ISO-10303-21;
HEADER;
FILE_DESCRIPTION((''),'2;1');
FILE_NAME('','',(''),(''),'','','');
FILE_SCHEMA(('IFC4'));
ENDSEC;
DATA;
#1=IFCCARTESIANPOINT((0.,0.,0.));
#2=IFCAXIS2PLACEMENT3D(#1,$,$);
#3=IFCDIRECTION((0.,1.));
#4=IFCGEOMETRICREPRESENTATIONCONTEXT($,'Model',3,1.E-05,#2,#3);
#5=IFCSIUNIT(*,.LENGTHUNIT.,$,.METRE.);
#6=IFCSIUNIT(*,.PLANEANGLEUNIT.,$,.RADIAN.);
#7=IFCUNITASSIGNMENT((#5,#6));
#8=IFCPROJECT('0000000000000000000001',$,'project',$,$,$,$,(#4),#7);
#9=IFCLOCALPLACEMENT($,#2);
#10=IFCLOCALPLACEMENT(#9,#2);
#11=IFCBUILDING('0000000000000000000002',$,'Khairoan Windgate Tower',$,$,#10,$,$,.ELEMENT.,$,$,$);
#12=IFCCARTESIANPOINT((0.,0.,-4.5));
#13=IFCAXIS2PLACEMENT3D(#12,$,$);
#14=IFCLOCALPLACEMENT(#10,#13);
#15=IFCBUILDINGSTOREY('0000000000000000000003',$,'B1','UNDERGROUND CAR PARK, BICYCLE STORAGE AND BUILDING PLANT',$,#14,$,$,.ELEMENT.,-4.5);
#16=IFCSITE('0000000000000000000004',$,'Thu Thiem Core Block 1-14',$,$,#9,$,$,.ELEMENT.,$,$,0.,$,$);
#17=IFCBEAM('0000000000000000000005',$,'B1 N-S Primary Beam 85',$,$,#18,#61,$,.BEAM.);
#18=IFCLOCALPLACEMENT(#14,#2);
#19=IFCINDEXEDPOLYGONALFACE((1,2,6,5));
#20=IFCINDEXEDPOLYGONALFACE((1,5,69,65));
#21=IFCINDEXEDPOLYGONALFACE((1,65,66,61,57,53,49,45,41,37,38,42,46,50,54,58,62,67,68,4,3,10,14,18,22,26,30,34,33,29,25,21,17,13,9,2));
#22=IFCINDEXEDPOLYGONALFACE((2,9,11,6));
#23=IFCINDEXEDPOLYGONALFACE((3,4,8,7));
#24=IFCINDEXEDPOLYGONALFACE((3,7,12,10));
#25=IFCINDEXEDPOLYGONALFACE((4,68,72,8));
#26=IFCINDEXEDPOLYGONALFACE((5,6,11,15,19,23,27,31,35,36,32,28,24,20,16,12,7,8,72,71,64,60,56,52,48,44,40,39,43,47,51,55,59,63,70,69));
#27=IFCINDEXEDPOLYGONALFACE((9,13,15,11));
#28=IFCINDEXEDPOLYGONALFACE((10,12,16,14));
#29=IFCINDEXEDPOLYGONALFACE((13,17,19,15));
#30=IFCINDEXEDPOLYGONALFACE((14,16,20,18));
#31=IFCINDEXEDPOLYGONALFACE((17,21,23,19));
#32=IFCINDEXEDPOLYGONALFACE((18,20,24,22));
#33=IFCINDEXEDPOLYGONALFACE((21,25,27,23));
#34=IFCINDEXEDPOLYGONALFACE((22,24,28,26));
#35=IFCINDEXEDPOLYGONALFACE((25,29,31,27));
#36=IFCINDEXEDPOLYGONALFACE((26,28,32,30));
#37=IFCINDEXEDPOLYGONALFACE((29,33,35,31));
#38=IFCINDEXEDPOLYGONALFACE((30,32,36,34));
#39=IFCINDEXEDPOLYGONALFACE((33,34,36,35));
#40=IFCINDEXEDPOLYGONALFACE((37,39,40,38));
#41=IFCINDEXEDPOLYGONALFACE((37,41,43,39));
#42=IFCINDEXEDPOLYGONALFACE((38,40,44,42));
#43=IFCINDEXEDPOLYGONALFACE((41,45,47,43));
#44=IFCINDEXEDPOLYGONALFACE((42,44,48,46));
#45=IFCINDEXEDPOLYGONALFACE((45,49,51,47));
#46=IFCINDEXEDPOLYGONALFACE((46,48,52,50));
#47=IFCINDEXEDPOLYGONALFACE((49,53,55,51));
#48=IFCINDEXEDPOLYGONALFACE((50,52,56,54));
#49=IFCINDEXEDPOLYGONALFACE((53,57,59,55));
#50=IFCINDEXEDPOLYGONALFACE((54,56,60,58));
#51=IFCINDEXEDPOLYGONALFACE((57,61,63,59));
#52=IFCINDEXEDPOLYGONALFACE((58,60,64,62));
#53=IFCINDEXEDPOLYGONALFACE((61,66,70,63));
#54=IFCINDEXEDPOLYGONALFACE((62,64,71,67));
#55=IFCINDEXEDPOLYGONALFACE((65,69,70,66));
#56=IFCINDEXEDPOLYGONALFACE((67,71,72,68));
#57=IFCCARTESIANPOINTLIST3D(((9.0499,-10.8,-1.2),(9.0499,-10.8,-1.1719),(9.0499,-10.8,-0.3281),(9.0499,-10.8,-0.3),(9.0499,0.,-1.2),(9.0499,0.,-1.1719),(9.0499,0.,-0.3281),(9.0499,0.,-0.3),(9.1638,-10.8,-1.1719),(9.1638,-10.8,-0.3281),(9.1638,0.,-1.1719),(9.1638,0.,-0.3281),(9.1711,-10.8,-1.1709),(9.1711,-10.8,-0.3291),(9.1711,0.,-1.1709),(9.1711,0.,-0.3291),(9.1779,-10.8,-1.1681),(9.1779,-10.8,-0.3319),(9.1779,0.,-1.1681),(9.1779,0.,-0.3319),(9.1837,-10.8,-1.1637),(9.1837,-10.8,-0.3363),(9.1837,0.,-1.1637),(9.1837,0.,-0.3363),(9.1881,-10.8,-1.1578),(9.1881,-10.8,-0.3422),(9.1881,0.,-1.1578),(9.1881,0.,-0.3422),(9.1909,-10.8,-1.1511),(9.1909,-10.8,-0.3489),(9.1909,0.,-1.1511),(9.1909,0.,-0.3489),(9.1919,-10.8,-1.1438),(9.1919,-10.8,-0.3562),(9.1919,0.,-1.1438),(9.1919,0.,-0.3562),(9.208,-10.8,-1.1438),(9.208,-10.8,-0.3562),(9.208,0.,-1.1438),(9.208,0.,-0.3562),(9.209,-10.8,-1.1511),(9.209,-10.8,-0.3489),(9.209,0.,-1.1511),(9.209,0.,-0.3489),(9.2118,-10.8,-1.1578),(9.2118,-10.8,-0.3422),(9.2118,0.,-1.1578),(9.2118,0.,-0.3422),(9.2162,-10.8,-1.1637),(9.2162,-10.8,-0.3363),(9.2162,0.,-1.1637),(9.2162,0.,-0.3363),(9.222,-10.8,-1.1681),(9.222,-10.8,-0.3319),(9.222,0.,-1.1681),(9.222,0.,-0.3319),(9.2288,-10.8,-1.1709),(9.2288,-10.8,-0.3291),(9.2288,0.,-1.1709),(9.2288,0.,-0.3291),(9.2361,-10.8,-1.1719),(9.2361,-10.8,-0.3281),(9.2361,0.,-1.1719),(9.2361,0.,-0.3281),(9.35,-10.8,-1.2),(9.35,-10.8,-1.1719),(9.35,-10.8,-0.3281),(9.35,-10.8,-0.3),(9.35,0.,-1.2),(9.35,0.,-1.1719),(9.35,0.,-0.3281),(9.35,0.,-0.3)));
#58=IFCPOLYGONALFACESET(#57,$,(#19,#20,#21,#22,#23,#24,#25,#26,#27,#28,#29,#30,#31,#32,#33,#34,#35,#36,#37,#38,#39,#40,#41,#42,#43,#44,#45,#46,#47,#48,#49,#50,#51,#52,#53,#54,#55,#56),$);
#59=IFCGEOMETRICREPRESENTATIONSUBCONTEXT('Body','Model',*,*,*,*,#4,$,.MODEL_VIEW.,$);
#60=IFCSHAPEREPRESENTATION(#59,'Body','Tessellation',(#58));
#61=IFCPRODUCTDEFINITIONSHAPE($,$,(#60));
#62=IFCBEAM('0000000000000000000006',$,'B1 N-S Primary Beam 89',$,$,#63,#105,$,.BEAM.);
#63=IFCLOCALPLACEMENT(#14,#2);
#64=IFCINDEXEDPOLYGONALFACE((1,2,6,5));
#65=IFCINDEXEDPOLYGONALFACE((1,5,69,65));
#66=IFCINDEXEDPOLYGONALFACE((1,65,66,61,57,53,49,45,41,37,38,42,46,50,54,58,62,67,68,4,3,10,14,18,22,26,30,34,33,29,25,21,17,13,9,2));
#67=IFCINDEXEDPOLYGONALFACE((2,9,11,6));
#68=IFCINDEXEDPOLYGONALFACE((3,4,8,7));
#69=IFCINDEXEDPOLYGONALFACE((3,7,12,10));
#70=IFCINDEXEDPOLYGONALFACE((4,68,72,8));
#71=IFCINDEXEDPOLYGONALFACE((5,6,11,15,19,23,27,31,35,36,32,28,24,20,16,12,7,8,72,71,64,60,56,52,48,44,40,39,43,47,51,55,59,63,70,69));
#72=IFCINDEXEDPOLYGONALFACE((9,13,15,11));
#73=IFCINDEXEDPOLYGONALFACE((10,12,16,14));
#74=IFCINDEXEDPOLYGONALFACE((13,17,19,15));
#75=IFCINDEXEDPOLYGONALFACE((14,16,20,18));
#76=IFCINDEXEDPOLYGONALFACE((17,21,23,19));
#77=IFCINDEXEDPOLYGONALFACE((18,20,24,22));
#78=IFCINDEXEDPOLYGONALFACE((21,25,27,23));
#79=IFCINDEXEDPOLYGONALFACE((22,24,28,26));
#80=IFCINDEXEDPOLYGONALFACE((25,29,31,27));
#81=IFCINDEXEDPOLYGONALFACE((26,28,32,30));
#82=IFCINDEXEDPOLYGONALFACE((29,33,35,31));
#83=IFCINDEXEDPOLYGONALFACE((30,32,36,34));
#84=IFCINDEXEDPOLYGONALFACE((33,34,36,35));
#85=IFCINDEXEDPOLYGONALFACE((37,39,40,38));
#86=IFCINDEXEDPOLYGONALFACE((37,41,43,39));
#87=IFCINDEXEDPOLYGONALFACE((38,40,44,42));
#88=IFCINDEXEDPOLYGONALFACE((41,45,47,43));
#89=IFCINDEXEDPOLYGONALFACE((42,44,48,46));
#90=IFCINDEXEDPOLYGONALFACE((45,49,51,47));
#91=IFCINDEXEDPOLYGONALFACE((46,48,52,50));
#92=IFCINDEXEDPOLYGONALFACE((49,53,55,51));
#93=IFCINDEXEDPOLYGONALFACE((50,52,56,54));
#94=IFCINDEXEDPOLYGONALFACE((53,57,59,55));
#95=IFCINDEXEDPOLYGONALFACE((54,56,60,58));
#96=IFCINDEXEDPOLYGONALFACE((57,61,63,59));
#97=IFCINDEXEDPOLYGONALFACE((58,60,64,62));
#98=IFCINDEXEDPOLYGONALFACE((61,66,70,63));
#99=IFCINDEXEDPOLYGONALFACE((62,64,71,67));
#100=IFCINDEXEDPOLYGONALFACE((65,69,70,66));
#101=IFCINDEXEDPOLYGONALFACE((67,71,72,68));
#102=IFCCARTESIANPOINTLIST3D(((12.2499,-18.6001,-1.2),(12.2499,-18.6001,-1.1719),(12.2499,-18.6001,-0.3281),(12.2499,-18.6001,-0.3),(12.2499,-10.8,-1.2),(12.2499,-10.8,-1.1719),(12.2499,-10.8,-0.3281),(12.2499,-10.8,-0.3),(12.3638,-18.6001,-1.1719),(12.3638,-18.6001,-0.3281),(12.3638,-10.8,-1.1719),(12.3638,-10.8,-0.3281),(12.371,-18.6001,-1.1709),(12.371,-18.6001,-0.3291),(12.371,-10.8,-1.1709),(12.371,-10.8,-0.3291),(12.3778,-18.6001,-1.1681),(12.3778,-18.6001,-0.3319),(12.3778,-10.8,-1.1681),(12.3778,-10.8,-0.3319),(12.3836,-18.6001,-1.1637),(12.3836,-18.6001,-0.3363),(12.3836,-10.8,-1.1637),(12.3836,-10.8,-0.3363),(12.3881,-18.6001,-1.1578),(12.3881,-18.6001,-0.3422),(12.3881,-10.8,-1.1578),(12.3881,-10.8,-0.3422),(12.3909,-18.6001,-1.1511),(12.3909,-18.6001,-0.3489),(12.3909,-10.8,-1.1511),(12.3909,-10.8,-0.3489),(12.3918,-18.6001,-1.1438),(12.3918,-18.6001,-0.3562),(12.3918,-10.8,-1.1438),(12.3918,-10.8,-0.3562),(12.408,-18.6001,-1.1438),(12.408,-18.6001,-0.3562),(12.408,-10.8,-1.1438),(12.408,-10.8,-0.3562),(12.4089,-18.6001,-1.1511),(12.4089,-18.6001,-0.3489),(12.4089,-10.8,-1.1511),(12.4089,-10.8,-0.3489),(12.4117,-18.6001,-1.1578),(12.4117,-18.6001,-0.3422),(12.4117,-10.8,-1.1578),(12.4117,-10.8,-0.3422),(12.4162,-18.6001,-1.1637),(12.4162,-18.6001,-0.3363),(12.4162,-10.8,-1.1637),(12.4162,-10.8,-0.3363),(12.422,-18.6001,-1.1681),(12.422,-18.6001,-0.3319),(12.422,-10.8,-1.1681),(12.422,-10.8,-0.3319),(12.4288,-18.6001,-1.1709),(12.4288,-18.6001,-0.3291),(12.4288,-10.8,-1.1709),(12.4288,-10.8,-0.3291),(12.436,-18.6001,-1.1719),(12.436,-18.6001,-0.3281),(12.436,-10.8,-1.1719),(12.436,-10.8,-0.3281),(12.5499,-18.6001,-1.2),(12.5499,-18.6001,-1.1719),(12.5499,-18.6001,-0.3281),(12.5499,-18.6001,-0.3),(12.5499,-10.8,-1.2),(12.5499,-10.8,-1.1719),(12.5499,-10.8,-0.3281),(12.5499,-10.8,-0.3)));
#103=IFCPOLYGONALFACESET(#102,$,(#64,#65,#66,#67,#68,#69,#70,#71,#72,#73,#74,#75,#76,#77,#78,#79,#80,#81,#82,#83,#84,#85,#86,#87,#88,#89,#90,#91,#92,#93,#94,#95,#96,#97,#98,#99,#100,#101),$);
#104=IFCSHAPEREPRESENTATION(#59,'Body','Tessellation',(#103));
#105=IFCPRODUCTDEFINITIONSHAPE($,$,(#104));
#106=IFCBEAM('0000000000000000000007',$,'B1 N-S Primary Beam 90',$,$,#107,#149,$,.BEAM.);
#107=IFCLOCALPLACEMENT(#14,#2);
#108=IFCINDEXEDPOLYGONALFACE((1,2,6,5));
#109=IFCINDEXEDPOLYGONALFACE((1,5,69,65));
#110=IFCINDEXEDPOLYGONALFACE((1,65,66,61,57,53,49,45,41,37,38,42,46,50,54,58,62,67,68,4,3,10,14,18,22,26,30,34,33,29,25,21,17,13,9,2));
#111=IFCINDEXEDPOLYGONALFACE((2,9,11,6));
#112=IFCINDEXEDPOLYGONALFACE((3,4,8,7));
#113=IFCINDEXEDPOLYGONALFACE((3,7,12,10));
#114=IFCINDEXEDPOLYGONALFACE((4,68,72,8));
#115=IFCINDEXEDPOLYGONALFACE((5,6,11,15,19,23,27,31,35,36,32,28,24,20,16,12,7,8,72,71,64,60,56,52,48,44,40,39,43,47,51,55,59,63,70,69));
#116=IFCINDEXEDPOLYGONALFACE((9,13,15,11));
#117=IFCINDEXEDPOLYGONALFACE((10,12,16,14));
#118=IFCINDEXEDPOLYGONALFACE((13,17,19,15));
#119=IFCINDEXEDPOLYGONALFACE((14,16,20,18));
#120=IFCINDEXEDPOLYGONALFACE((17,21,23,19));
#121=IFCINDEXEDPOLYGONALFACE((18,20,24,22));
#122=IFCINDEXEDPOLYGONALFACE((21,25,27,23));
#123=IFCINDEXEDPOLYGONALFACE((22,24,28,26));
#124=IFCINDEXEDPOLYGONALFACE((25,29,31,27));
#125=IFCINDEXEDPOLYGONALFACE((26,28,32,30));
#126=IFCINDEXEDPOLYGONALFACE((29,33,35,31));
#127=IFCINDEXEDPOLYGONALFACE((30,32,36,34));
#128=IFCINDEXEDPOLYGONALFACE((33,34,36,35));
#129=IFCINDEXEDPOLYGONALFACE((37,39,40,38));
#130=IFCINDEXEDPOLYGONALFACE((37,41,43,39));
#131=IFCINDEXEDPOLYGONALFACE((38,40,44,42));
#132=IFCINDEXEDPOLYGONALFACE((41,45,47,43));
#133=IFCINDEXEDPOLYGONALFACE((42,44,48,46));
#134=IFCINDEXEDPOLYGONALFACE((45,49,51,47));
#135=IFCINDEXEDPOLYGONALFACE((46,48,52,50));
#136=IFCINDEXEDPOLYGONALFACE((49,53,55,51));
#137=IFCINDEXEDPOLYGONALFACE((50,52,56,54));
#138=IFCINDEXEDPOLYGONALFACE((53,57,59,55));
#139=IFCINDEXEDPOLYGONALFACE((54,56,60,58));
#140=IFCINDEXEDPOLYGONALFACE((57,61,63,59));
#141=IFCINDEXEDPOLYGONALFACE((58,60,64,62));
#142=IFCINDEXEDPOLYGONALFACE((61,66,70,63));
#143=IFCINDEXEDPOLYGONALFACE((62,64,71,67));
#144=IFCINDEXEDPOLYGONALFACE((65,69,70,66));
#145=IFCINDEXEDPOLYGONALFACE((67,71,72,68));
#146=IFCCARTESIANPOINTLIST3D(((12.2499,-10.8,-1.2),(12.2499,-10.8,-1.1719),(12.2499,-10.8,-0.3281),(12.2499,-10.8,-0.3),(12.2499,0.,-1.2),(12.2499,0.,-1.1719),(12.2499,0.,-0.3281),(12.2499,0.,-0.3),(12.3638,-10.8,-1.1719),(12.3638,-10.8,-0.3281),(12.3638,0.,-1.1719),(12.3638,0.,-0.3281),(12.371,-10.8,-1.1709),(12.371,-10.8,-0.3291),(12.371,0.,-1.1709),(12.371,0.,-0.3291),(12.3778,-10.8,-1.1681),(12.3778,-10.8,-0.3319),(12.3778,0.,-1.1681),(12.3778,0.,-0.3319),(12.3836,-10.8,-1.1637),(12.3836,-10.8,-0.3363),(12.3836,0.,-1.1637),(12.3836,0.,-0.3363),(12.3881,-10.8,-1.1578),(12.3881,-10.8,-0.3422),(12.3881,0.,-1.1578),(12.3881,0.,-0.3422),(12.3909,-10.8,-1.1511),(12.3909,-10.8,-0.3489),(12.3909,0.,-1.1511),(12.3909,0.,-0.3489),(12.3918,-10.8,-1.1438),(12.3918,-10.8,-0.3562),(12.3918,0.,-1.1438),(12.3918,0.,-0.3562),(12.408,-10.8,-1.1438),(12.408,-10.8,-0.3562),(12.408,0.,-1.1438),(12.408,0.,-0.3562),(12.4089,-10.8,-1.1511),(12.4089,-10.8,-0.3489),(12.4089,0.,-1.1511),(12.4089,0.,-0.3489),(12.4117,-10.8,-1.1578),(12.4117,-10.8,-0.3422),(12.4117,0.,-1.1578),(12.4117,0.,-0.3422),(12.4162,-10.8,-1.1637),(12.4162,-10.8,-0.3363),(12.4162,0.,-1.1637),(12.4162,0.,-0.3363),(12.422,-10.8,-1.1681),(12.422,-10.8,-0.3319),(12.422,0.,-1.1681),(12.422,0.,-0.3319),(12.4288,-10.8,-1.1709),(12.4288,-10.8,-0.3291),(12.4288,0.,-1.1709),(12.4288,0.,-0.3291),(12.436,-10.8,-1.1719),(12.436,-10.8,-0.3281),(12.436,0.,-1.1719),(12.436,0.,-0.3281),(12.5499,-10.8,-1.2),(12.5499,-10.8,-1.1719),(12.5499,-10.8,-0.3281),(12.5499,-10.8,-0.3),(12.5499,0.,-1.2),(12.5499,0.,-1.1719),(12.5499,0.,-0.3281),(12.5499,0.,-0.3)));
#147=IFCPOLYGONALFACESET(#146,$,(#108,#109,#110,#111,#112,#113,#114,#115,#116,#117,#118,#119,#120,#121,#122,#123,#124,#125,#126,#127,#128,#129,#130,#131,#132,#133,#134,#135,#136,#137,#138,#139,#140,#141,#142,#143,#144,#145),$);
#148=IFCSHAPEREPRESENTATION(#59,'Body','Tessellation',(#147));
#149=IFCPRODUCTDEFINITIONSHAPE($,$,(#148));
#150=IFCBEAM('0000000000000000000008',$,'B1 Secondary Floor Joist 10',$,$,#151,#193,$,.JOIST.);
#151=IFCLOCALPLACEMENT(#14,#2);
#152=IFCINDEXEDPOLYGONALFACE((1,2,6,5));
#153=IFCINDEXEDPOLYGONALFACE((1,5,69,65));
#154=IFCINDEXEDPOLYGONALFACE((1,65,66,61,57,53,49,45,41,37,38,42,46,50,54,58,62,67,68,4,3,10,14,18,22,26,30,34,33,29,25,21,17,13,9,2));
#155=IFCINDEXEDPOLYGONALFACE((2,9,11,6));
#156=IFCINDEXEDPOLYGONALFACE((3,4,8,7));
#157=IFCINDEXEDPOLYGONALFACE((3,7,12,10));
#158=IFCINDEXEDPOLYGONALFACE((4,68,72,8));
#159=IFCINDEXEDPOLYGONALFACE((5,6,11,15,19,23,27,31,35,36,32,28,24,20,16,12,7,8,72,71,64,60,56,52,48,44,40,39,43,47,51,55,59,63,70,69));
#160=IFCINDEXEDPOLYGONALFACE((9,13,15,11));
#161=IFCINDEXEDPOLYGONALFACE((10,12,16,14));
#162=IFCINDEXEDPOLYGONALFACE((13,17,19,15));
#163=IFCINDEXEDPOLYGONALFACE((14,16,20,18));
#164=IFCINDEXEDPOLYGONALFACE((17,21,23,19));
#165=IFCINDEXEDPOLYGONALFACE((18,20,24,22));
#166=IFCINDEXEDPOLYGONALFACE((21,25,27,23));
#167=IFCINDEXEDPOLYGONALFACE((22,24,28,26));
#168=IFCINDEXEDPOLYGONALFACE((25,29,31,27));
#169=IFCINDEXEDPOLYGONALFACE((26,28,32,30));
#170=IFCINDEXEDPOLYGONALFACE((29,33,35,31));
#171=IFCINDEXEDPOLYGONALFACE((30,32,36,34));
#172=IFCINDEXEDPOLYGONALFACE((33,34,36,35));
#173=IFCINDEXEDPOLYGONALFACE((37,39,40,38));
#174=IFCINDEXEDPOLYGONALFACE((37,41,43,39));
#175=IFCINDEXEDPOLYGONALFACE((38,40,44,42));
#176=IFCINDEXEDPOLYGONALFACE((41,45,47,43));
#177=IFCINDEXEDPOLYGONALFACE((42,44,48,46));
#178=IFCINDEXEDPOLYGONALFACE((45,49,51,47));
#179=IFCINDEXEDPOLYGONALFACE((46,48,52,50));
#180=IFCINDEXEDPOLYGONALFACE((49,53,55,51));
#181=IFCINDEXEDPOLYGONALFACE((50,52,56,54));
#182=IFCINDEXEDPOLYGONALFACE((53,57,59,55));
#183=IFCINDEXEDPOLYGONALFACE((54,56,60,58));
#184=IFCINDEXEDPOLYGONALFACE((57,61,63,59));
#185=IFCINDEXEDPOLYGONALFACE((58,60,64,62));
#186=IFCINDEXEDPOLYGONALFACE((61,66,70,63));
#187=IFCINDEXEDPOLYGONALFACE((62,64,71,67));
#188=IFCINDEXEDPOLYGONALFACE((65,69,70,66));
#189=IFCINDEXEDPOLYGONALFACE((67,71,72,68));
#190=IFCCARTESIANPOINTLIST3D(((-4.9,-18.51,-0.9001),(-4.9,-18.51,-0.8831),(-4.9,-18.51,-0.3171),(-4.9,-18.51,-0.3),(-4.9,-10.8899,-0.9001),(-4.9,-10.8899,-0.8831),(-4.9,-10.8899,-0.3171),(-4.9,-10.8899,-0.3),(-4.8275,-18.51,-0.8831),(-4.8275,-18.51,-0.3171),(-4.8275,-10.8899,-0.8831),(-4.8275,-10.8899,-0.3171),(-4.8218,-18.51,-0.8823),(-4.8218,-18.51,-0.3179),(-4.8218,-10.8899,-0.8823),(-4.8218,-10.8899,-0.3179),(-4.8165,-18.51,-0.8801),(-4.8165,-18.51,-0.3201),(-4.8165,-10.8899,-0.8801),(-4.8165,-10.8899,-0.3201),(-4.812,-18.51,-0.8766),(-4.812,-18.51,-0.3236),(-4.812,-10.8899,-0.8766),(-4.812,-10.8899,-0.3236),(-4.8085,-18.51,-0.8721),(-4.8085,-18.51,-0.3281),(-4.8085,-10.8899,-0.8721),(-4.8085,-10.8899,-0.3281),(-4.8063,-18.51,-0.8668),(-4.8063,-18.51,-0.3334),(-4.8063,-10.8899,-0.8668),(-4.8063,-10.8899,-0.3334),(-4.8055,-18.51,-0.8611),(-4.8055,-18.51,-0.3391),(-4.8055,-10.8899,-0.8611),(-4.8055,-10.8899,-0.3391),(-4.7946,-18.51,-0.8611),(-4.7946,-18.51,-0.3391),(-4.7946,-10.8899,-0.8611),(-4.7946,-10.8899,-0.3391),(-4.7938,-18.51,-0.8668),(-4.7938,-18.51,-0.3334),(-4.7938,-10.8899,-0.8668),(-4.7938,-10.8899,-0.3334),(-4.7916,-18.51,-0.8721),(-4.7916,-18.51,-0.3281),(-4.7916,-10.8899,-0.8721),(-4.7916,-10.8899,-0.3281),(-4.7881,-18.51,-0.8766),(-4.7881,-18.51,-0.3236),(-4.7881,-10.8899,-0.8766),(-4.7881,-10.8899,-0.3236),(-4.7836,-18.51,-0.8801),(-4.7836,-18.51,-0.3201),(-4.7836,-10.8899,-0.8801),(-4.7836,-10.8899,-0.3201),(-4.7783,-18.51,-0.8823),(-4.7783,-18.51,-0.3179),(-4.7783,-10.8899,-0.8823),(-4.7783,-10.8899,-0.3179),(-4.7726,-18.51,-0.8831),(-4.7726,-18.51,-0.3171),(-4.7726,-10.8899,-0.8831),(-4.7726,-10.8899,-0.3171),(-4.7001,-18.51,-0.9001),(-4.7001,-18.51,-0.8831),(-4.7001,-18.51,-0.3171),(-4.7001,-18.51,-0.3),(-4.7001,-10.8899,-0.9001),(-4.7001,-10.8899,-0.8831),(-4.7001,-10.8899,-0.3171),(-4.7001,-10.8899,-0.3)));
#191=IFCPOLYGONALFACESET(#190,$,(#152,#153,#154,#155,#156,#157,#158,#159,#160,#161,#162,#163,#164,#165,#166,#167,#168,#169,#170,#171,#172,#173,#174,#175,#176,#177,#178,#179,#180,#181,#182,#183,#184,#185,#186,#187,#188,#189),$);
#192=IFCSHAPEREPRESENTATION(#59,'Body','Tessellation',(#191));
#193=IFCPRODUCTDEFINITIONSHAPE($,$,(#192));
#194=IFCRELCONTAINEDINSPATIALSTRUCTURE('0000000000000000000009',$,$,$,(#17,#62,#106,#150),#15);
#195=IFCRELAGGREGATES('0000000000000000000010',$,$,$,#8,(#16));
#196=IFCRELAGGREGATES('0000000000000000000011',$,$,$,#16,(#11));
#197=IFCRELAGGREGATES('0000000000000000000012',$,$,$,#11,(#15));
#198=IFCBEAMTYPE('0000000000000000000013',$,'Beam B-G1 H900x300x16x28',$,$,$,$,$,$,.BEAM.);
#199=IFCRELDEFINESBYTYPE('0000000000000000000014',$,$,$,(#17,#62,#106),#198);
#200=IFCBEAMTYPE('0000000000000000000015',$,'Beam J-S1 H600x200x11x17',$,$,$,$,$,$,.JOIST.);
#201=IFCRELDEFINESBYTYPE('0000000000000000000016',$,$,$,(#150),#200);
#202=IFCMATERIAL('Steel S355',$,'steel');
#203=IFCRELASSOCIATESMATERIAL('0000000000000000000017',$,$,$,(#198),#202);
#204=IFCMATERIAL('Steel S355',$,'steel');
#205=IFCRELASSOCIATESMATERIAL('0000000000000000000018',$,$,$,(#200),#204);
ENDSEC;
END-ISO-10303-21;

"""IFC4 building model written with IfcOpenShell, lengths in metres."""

from ifc_helpers import new_model, si_unit, direction, frame, origin, origin_2d, place, context, subcontext, project, spatial, i_section, extrude, material, material_profile, profile_set, type_object, element, save


model = new_model("IFC4")

# Units and contexts
model_context = context("Model", 3, precision=1e-05, world=origin(), true_north=direction((0.0, 1.0)))
body_context = subcontext(model_context, "Body", "Model", "MODEL_VIEW")
ifc_project = project(units=[si_unit("LENGTHUNIT", "METRE"), si_unit("PLANEANGLEUNIT", "RADIAN")], contexts=[model_context])

# Site, building, storey
site_placement = place(None, origin())
site = spatial("IfcSite", under=ifc_project, at=site_placement, Name="Thu Thiem Core Block 1-14", CompositionType="ELEMENT", RefElevation=0.0)
building_placement = place(site_placement, origin())
building = spatial("IfcBuilding", under=site, at=building_placement, Name="Khairoan Windgate Tower", CompositionType="ELEMENT")
storey_placement = place(building_placement, frame((0.0, 0.0, -4.5)))
storey = spatial("IfcBuildingStorey", under=building, at=storey_placement, Name="B1", Description="UNDERGROUND CAR PARK, BICYCLE STORAGE AND BUILDING PLANT", CompositionType="ELEMENT", Elevation=-4.5)

# Beams
ifc_material_1 = material(Name="Steel S355", Category="steel")
ifc_material_profile_1 = material_profile(ifc_material_1, i_section(OverallWidth=0.3, OverallDepth=0.8999, WebThickness=0.0161, FlangeThickness=0.0281, FilletRadius=0.0281, at=origin_2d()))
ifc_profile_set_1 = profile_set([ifc_material_profile_1], Name="Steel S355")
beam_type_1 = type_object("IfcBeamType", Name="Beam B-G1 H900x300x16x28", PredefinedType="BEAM", material=ifc_profile_set_1)
beam_1_placement = place(storey_placement, frame((9.2, -10.8, -0.75), z_axis=(0.0, 1.0, 0.0), x_axis=(-1.0, 0.0, 0.0)))
element("IfcBeam", 1, at=beam_1_placement, inside=storey, type_object=beam_type_1, Name="B1 N-S Primary Beam 85", PredefinedType="BEAM", context=body_context, shape_type="SweptSolid", body=[
    extrude(i_section(OverallWidth=0.3, OverallDepth=0.8999, WebThickness=0.0161, FlangeThickness=0.0281, FilletRadius=0.0281, at=origin_2d()), origin(), (0.0, 0.0, 1.0), 10.8),
])
beam_2_placement = place(storey_placement, frame((12.3999, -18.6001, -0.75), z_axis=(0.0, 1.0, 0.0), x_axis=(-1.0, 0.0, 0.0)))
element("IfcBeam", 2, at=beam_2_placement, inside=storey, type_object=beam_type_1, Name="B1 N-S Primary Beam 89", PredefinedType="BEAM", context=body_context, shape_type="SweptSolid", body=[
    extrude(i_section(OverallWidth=0.3, OverallDepth=0.8999, WebThickness=0.0161, FlangeThickness=0.0281, FilletRadius=0.0281, at=origin_2d()), origin(), (0.0, 0.0, 1.0), 7.8),
])
beam_3_placement = place(storey_placement, frame((12.3999, -10.8, -0.75), z_axis=(0.0, 1.0, 0.0), x_axis=(-1.0, 0.0, 0.0)))
element("IfcBeam", 3, at=beam_3_placement, inside=storey, type_object=beam_type_1, Name="B1 N-S Primary Beam 90", PredefinedType="BEAM", context=body_context, shape_type="SweptSolid", body=[
    extrude(i_section(OverallWidth=0.3, OverallDepth=0.8999, WebThickness=0.0161, FlangeThickness=0.0281, FilletRadius=0.0281, at=origin_2d()), origin(), (0.0, 0.0, 1.0), 10.8),
])
ifc_material_2 = material(Name="Steel S355", Category="steel")
ifc_material_profile_2 = material_profile(ifc_material_2, i_section(OverallWidth=0.2, OverallDepth=0.6001, WebThickness=0.011, FlangeThickness=0.0171, FilletRadius=0.022, at=origin_2d()))
ifc_profile_set_2 = profile_set([ifc_material_profile_2], Name="Steel S355")
beam_type_2 = type_object("IfcBeamType", Name="Beam J-S1 H600x200x11x17", PredefinedType="JOIST", material=ifc_profile_set_2)
beam_4_placement = place(storey_placement, frame((-4.8, -18.51, -0.6001), z_axis=(0.0, 1.0, 0.0), x_axis=(-1.0, 0.0, 0.0)))
element("IfcBeam", 4, at=beam_4_placement, inside=storey, type_object=beam_type_2, Name="B1 Secondary Floor Joist 10", PredefinedType="JOIST", context=body_context, shape_type="SweptSolid", body=[
    extrude(i_section(OverallWidth=0.2, OverallDepth=0.6001, WebThickness=0.011, FlangeThickness=0.0171, FilletRadius=0.022, at=origin_2d()), origin(), (0.0, 0.0, 1.0), 7.6201),
])

save(model, "model.ifc")
